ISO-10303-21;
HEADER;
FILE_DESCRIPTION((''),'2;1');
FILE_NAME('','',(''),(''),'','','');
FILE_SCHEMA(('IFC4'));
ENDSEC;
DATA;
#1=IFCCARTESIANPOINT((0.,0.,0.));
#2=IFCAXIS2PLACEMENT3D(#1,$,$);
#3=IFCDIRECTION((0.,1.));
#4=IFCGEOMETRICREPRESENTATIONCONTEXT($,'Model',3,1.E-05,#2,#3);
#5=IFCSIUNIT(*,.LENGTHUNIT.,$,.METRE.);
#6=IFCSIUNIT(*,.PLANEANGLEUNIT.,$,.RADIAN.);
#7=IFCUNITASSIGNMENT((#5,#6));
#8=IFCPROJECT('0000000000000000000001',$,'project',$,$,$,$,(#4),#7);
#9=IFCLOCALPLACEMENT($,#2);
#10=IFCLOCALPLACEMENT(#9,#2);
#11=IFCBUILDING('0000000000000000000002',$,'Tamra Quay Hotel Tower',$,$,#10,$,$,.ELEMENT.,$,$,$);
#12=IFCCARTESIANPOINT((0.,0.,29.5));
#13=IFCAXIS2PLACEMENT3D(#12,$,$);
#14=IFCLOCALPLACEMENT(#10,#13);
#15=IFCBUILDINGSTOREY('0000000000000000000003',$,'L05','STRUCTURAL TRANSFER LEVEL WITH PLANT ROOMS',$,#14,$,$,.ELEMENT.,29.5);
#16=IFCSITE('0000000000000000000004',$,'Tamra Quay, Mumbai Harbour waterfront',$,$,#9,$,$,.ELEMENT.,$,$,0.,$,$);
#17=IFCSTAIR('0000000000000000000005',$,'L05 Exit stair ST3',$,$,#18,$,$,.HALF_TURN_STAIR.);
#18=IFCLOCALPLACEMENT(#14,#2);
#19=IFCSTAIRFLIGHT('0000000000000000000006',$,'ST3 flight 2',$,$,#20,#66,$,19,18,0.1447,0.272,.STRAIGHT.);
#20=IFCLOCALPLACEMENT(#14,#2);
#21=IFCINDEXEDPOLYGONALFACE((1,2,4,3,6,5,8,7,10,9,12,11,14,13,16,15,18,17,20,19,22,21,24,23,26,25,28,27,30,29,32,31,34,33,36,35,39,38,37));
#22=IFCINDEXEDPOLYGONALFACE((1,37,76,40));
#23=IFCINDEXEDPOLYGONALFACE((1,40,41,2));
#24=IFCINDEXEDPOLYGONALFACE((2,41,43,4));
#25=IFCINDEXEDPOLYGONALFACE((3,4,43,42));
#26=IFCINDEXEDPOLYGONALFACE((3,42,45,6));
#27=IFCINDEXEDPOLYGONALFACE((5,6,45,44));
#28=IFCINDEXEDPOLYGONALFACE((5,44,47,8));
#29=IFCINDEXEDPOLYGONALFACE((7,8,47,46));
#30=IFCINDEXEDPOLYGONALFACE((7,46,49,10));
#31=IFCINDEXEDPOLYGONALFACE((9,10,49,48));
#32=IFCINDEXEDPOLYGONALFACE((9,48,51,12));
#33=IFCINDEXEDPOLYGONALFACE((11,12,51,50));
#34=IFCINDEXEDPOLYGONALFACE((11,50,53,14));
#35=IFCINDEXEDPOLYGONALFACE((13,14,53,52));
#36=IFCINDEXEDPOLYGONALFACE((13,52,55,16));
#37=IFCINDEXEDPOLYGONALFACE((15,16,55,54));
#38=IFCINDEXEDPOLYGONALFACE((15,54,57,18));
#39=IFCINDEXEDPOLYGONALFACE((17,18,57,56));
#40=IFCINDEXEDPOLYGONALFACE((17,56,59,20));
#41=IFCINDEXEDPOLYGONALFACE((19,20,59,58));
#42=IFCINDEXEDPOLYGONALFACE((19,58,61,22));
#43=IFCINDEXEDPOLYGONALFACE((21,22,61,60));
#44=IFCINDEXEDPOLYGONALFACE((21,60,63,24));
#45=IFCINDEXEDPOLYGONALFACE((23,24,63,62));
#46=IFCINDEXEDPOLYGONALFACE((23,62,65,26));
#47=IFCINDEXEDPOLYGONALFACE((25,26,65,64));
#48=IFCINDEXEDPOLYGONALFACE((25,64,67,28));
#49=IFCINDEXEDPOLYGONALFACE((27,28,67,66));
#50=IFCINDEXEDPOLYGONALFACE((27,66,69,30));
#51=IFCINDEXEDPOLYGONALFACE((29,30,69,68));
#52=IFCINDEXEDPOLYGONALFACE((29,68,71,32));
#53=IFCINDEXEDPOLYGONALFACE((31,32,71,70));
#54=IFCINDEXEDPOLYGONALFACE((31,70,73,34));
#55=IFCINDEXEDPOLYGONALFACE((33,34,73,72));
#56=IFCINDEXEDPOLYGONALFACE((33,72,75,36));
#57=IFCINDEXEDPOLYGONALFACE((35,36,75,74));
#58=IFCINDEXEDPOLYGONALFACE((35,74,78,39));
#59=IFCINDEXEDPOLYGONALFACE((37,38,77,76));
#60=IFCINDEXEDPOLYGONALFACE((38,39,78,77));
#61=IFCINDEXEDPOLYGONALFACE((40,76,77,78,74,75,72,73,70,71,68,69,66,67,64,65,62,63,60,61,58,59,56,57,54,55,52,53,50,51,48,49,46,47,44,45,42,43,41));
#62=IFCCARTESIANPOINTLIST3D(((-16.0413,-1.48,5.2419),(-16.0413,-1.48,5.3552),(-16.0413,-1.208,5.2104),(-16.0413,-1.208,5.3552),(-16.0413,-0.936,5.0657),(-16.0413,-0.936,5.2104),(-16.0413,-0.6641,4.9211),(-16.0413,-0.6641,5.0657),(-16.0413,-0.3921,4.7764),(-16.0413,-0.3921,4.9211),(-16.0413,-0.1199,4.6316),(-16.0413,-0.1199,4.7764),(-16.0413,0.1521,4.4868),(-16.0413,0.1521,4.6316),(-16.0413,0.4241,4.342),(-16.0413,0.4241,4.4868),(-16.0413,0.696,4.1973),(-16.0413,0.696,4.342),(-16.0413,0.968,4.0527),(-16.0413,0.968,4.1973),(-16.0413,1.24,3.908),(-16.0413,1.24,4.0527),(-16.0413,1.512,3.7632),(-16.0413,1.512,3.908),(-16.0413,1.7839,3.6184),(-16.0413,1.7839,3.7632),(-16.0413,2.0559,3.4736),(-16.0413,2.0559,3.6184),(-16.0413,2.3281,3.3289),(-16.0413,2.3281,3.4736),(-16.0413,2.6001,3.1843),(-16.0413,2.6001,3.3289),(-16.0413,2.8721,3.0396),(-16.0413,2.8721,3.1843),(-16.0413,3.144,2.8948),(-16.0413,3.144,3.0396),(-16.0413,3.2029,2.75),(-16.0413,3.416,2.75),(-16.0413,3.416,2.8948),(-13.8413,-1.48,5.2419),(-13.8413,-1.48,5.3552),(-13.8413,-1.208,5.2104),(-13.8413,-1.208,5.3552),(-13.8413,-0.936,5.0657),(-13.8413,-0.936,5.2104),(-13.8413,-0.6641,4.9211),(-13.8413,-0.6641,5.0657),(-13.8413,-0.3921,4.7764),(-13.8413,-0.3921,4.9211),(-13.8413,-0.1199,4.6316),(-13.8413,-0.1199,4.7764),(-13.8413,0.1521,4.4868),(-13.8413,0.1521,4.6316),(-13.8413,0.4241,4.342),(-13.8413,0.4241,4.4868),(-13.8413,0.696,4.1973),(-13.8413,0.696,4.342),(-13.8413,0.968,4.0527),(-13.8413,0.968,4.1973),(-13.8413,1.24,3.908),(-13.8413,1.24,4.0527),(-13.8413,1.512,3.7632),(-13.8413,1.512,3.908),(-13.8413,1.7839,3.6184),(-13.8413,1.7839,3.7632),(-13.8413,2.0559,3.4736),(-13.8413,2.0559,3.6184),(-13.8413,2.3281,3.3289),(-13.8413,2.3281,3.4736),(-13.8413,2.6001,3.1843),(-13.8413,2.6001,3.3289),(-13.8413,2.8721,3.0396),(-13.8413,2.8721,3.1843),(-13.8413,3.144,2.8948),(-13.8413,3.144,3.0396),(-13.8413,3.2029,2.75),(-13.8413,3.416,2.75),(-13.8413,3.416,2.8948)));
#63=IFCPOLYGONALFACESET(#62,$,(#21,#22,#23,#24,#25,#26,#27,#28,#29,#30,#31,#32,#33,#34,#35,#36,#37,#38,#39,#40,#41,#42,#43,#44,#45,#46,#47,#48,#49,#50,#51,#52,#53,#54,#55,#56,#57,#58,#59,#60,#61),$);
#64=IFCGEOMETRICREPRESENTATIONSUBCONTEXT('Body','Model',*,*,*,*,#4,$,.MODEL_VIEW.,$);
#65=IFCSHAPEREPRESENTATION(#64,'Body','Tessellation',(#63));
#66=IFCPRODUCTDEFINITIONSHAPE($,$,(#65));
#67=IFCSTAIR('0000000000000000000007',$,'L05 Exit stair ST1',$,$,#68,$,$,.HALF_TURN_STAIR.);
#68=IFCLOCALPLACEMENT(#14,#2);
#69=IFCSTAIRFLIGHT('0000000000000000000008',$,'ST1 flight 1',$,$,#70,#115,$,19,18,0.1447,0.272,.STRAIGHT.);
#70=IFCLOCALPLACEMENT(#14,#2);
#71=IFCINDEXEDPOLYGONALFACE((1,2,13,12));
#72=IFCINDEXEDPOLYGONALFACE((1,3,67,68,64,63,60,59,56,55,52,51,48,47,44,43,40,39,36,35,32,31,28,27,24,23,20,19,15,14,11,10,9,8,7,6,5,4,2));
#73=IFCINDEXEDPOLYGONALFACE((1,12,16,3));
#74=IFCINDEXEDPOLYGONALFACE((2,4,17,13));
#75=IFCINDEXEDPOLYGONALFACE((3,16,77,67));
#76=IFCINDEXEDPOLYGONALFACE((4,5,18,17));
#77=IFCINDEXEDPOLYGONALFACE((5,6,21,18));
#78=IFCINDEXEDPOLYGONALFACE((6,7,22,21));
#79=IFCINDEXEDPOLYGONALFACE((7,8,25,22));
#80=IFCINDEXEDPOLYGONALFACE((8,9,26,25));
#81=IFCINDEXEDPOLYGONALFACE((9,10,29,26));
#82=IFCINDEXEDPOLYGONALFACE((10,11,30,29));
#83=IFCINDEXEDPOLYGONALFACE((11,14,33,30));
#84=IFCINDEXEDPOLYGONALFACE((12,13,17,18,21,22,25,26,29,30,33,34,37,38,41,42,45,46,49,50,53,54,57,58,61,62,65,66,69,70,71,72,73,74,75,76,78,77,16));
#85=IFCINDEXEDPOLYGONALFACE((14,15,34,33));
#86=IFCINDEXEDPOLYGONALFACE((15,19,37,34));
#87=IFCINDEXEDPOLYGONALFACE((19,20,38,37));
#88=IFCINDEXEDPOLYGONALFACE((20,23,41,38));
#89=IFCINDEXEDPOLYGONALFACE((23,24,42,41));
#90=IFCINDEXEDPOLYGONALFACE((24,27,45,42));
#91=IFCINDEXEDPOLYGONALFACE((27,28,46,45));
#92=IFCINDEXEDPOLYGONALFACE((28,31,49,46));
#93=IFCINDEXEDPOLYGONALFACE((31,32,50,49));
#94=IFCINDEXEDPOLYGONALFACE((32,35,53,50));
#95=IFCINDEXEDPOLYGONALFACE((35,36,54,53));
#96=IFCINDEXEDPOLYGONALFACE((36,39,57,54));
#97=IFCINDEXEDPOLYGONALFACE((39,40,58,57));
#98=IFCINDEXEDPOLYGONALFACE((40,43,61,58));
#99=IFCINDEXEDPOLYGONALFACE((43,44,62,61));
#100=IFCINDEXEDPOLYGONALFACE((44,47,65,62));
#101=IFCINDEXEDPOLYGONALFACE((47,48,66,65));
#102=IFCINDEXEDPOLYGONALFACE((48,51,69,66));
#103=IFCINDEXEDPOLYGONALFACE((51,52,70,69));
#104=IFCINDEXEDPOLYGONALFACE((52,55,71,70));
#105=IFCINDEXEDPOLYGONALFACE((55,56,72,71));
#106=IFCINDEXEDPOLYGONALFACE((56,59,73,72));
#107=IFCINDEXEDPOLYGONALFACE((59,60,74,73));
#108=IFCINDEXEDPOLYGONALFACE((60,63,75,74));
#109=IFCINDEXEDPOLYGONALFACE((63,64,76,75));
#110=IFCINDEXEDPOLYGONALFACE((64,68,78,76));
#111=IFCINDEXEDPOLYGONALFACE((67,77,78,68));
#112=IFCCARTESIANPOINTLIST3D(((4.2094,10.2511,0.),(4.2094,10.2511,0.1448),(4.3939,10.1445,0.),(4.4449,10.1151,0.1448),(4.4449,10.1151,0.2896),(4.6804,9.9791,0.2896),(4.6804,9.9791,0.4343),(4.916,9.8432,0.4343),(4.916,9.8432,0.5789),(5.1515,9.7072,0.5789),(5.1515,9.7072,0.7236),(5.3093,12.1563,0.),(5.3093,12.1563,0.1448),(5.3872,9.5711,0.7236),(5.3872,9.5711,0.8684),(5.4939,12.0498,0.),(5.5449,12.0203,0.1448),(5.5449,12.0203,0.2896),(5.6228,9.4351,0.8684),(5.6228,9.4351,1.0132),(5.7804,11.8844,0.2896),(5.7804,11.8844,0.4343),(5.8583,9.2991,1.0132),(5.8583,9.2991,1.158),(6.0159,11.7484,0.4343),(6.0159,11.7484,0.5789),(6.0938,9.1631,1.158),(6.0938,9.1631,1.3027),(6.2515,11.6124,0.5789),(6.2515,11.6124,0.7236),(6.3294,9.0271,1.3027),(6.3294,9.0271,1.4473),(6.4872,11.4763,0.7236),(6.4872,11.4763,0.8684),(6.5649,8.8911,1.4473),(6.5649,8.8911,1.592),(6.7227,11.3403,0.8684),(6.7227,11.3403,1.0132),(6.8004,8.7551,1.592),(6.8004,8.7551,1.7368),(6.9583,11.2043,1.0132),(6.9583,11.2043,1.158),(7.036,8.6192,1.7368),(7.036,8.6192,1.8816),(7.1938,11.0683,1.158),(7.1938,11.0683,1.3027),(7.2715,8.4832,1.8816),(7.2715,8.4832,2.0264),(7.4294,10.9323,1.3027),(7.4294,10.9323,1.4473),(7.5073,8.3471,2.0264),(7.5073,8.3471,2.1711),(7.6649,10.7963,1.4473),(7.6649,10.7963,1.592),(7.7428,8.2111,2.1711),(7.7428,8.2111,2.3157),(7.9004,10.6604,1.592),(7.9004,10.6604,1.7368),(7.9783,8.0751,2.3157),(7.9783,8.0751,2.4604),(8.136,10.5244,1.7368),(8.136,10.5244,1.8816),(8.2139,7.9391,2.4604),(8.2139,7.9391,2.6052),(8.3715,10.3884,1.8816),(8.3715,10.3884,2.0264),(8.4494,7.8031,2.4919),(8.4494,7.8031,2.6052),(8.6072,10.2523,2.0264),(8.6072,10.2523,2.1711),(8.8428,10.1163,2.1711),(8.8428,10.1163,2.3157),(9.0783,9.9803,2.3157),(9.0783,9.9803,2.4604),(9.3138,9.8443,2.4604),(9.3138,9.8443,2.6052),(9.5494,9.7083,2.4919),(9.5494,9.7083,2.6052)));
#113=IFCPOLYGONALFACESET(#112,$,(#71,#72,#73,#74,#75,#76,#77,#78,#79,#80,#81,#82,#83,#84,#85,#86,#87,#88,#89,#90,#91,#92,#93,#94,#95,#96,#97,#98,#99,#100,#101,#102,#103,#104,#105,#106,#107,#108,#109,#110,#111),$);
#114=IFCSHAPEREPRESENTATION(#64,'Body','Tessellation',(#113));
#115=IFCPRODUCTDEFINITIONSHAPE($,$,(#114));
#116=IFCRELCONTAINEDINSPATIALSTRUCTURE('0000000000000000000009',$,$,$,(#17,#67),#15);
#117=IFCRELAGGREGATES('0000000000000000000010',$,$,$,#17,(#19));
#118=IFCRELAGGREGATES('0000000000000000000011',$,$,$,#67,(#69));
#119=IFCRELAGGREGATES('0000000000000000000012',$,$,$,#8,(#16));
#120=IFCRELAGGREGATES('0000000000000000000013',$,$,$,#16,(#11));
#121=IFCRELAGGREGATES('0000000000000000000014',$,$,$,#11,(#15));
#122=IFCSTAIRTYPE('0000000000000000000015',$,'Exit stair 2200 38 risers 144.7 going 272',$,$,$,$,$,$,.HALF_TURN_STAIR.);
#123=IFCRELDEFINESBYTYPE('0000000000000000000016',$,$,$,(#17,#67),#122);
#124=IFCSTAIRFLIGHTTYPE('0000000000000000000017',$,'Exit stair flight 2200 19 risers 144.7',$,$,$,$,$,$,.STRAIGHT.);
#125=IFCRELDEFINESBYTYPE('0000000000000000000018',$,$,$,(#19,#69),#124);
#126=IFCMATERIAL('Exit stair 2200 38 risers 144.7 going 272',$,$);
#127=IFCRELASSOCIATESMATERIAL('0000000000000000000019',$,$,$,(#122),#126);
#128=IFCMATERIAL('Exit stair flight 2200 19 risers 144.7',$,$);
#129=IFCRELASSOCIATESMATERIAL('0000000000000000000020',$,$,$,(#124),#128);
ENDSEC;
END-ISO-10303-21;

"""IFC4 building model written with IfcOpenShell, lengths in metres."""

from ifc_helpers import new_model, si_unit, direction, frame, origin, place, context, subcontext, project, spatial, polyline, outline, extrude, material, type_object, element, aggregate, save


model = new_model("IFC4")

# Units and contexts
model_context = context("Model", 3, precision=1e-05, world=origin(), true_north=direction((0.0, 1.0)))
body_context = subcontext(model_context, "Body", "Model", "MODEL_VIEW")
ifc_project = project(units=[si_unit("LENGTHUNIT", "METRE"), si_unit("PLANEANGLEUNIT", "RADIAN")], contexts=[model_context])

# Site, building, storey
site_placement = place(None, origin())
site = spatial("IfcSite", under=ifc_project, at=site_placement, Name="Tamra Quay, Mumbai Harbour waterfront", CompositionType="ELEMENT", RefElevation=0.0)
building_placement = place(site_placement, origin())
building = spatial("IfcBuilding", under=site, at=building_placement, Name="Tamra Quay Hotel Tower", CompositionType="ELEMENT")
storey_placement = place(building_placement, frame((0.0, 0.0, 29.5)))
storey = spatial("IfcBuildingStorey", under=building, at=storey_placement, Name="L05", Description="STRUCTURAL TRANSFER LEVEL WITH PLANT ROOMS", CompositionType="ELEMENT", Elevation=29.5)

# Stairs, stair flights
ifc_material_1 = material(Name="Exit stair 2200 38 risers 144.7 going 272")
stair_type = type_object("IfcStairType", Name="Exit stair 2200 38 risers 144.7 going 272", PredefinedType="HALF_TURN_STAIR", material=ifc_material_1)
stair_1_placement = place(storey_placement, origin())
stair_1 = element("IfcStair", 1, at=stair_1_placement, inside=storey, type_object=stair_type, Name="L05 Exit stair ST3", PredefinedType="HALF_TURN_STAIR")
ifc_material_2 = material(Name="Exit stair flight 2200 19 risers 144.7")
stair_flight_type = type_object("IfcStairFlightType", Name="Exit stair flight 2200 19 risers 144.7", PredefinedType="STRAIGHT", material=ifc_material_2)
stair_flight_1_placement = place(storey_placement, frame((-14.9414, 3.416, 2.75), z_axis=(0.0, 0.0, 1.0), x_axis=(0.0, -1.0, 0.0)))
stair_flight_1 = element("IfcStairFlight", 2, at=stair_flight_1_placement, type_object=stair_flight_type, Name="ST3 flight 2", NumberOfRisers=19, NumberOfTreads=18, PredefinedType="STRAIGHT", RiserHeight=0.1447, TreadLength=0.272, context=body_context, shape_type="SweptSolid", body=[
    extrude(outline(polyline([(0.0, 0.0), (0.0, 0.1448), (0.272, 0.1448), (0.272, 0.2896), (0.5439, 0.2896), (0.5439, 0.4343), (0.8159, 0.4343), (0.8159, 0.5789), (1.0879, 0.5789), (1.0879, 0.7236), (1.3601, 0.7236), (1.3601, 0.8684), (1.6321, 0.8684), (1.6321, 1.0132), (1.9041, 1.0132), (1.9041, 1.158), (2.176, 1.158), (2.176, 1.3027), (2.448, 1.3027), (2.448, 1.4473), (2.72, 1.4473), (2.72, 1.592), (2.9919, 1.592), (2.9919, 1.7368), (3.2639, 1.7368), (3.2639, 1.8816), (3.5359, 1.8816), (3.5359, 2.0264), (3.8081, 2.0264), (3.8081, 2.1711), (4.0801, 2.1711), (4.0801, 2.3157), (4.3521, 2.3157), (4.3521, 2.4604), (4.624, 2.4604), (4.624, 2.6052), (4.896, 2.6052), (4.896, 2.75), (4.896, 2.4919), (0.2131, 0.0), (0.0, 0.0)])), frame((0.0, 1.1001, 0.0), z_axis=(0.0, -1.0, 0.0), x_axis=(1.0, 0.0, 0.0)), (0.0, 0.0, 1.0), 2.2),
])
aggregate(stair_1, [stair_flight_1])
stair_2_placement = place(storey_placement, origin())
stair_2 = element("IfcStair", 3, at=stair_2_placement, inside=storey, type_object=stair_type, Name="L05 Exit stair ST1", PredefinedType="HALF_TURN_STAIR")
stair_flight_2_placement = place(storey_placement, frame((4.7593, 11.2036, 0.0), z_axis=(0.0, 0.0, 1.0), x_axis=(0.866025, -0.5, 0.0)))
stair_flight_2 = element("IfcStairFlight", 4, at=stair_flight_2_placement, type_object=stair_flight_type, Name="ST1 flight 1", NumberOfRisers=19, NumberOfTreads=18, PredefinedType="STRAIGHT", RiserHeight=0.1447, TreadLength=0.272, context=body_context, shape_type="SweptSolid", body=[
    extrude(outline(polyline([(0.0, 0.0), (0.0, 0.1448), (0.272, 0.1448), (0.272, 0.2896), (0.5439, 0.2896), (0.5439, 0.4343), (0.8159, 0.4343), (0.8159, 0.5789), (1.0879, 0.5789), (1.0879, 0.7236), (1.3601, 0.7236), (1.3601, 0.8684), (1.6321, 0.8684), (1.6321, 1.0132), (1.9041, 1.0132), (1.9041, 1.158), (2.176, 1.158), (2.176, 1.3027), (2.448, 1.3027), (2.448, 1.4473), (2.72, 1.4473), (2.72, 1.592), (2.9919, 1.592), (2.9919, 1.7368), (3.2639, 1.7368), (3.2639, 1.8816), (3.5359, 1.8816), (3.5359, 2.0264), (3.8081, 2.0264), (3.8081, 2.1711), (4.0801, 2.1711), (4.0801, 2.3157), (4.3521, 2.3157), (4.3521, 2.4604), (4.624, 2.4604), (4.624, 2.6052), (4.896, 2.6052), (4.896, 2.75), (4.896, 2.4919), (0.2131, 0.0), (0.0, 0.0)])), frame((0.0, 1.1001, 0.0), z_axis=(0.0, -1.0, 0.0), x_axis=(1.0, 0.0, 0.0)), (0.0, 0.0, 1.0), 2.2),
])
aggregate(stair_2, [stair_flight_2])

save(model, "model.ifc")
